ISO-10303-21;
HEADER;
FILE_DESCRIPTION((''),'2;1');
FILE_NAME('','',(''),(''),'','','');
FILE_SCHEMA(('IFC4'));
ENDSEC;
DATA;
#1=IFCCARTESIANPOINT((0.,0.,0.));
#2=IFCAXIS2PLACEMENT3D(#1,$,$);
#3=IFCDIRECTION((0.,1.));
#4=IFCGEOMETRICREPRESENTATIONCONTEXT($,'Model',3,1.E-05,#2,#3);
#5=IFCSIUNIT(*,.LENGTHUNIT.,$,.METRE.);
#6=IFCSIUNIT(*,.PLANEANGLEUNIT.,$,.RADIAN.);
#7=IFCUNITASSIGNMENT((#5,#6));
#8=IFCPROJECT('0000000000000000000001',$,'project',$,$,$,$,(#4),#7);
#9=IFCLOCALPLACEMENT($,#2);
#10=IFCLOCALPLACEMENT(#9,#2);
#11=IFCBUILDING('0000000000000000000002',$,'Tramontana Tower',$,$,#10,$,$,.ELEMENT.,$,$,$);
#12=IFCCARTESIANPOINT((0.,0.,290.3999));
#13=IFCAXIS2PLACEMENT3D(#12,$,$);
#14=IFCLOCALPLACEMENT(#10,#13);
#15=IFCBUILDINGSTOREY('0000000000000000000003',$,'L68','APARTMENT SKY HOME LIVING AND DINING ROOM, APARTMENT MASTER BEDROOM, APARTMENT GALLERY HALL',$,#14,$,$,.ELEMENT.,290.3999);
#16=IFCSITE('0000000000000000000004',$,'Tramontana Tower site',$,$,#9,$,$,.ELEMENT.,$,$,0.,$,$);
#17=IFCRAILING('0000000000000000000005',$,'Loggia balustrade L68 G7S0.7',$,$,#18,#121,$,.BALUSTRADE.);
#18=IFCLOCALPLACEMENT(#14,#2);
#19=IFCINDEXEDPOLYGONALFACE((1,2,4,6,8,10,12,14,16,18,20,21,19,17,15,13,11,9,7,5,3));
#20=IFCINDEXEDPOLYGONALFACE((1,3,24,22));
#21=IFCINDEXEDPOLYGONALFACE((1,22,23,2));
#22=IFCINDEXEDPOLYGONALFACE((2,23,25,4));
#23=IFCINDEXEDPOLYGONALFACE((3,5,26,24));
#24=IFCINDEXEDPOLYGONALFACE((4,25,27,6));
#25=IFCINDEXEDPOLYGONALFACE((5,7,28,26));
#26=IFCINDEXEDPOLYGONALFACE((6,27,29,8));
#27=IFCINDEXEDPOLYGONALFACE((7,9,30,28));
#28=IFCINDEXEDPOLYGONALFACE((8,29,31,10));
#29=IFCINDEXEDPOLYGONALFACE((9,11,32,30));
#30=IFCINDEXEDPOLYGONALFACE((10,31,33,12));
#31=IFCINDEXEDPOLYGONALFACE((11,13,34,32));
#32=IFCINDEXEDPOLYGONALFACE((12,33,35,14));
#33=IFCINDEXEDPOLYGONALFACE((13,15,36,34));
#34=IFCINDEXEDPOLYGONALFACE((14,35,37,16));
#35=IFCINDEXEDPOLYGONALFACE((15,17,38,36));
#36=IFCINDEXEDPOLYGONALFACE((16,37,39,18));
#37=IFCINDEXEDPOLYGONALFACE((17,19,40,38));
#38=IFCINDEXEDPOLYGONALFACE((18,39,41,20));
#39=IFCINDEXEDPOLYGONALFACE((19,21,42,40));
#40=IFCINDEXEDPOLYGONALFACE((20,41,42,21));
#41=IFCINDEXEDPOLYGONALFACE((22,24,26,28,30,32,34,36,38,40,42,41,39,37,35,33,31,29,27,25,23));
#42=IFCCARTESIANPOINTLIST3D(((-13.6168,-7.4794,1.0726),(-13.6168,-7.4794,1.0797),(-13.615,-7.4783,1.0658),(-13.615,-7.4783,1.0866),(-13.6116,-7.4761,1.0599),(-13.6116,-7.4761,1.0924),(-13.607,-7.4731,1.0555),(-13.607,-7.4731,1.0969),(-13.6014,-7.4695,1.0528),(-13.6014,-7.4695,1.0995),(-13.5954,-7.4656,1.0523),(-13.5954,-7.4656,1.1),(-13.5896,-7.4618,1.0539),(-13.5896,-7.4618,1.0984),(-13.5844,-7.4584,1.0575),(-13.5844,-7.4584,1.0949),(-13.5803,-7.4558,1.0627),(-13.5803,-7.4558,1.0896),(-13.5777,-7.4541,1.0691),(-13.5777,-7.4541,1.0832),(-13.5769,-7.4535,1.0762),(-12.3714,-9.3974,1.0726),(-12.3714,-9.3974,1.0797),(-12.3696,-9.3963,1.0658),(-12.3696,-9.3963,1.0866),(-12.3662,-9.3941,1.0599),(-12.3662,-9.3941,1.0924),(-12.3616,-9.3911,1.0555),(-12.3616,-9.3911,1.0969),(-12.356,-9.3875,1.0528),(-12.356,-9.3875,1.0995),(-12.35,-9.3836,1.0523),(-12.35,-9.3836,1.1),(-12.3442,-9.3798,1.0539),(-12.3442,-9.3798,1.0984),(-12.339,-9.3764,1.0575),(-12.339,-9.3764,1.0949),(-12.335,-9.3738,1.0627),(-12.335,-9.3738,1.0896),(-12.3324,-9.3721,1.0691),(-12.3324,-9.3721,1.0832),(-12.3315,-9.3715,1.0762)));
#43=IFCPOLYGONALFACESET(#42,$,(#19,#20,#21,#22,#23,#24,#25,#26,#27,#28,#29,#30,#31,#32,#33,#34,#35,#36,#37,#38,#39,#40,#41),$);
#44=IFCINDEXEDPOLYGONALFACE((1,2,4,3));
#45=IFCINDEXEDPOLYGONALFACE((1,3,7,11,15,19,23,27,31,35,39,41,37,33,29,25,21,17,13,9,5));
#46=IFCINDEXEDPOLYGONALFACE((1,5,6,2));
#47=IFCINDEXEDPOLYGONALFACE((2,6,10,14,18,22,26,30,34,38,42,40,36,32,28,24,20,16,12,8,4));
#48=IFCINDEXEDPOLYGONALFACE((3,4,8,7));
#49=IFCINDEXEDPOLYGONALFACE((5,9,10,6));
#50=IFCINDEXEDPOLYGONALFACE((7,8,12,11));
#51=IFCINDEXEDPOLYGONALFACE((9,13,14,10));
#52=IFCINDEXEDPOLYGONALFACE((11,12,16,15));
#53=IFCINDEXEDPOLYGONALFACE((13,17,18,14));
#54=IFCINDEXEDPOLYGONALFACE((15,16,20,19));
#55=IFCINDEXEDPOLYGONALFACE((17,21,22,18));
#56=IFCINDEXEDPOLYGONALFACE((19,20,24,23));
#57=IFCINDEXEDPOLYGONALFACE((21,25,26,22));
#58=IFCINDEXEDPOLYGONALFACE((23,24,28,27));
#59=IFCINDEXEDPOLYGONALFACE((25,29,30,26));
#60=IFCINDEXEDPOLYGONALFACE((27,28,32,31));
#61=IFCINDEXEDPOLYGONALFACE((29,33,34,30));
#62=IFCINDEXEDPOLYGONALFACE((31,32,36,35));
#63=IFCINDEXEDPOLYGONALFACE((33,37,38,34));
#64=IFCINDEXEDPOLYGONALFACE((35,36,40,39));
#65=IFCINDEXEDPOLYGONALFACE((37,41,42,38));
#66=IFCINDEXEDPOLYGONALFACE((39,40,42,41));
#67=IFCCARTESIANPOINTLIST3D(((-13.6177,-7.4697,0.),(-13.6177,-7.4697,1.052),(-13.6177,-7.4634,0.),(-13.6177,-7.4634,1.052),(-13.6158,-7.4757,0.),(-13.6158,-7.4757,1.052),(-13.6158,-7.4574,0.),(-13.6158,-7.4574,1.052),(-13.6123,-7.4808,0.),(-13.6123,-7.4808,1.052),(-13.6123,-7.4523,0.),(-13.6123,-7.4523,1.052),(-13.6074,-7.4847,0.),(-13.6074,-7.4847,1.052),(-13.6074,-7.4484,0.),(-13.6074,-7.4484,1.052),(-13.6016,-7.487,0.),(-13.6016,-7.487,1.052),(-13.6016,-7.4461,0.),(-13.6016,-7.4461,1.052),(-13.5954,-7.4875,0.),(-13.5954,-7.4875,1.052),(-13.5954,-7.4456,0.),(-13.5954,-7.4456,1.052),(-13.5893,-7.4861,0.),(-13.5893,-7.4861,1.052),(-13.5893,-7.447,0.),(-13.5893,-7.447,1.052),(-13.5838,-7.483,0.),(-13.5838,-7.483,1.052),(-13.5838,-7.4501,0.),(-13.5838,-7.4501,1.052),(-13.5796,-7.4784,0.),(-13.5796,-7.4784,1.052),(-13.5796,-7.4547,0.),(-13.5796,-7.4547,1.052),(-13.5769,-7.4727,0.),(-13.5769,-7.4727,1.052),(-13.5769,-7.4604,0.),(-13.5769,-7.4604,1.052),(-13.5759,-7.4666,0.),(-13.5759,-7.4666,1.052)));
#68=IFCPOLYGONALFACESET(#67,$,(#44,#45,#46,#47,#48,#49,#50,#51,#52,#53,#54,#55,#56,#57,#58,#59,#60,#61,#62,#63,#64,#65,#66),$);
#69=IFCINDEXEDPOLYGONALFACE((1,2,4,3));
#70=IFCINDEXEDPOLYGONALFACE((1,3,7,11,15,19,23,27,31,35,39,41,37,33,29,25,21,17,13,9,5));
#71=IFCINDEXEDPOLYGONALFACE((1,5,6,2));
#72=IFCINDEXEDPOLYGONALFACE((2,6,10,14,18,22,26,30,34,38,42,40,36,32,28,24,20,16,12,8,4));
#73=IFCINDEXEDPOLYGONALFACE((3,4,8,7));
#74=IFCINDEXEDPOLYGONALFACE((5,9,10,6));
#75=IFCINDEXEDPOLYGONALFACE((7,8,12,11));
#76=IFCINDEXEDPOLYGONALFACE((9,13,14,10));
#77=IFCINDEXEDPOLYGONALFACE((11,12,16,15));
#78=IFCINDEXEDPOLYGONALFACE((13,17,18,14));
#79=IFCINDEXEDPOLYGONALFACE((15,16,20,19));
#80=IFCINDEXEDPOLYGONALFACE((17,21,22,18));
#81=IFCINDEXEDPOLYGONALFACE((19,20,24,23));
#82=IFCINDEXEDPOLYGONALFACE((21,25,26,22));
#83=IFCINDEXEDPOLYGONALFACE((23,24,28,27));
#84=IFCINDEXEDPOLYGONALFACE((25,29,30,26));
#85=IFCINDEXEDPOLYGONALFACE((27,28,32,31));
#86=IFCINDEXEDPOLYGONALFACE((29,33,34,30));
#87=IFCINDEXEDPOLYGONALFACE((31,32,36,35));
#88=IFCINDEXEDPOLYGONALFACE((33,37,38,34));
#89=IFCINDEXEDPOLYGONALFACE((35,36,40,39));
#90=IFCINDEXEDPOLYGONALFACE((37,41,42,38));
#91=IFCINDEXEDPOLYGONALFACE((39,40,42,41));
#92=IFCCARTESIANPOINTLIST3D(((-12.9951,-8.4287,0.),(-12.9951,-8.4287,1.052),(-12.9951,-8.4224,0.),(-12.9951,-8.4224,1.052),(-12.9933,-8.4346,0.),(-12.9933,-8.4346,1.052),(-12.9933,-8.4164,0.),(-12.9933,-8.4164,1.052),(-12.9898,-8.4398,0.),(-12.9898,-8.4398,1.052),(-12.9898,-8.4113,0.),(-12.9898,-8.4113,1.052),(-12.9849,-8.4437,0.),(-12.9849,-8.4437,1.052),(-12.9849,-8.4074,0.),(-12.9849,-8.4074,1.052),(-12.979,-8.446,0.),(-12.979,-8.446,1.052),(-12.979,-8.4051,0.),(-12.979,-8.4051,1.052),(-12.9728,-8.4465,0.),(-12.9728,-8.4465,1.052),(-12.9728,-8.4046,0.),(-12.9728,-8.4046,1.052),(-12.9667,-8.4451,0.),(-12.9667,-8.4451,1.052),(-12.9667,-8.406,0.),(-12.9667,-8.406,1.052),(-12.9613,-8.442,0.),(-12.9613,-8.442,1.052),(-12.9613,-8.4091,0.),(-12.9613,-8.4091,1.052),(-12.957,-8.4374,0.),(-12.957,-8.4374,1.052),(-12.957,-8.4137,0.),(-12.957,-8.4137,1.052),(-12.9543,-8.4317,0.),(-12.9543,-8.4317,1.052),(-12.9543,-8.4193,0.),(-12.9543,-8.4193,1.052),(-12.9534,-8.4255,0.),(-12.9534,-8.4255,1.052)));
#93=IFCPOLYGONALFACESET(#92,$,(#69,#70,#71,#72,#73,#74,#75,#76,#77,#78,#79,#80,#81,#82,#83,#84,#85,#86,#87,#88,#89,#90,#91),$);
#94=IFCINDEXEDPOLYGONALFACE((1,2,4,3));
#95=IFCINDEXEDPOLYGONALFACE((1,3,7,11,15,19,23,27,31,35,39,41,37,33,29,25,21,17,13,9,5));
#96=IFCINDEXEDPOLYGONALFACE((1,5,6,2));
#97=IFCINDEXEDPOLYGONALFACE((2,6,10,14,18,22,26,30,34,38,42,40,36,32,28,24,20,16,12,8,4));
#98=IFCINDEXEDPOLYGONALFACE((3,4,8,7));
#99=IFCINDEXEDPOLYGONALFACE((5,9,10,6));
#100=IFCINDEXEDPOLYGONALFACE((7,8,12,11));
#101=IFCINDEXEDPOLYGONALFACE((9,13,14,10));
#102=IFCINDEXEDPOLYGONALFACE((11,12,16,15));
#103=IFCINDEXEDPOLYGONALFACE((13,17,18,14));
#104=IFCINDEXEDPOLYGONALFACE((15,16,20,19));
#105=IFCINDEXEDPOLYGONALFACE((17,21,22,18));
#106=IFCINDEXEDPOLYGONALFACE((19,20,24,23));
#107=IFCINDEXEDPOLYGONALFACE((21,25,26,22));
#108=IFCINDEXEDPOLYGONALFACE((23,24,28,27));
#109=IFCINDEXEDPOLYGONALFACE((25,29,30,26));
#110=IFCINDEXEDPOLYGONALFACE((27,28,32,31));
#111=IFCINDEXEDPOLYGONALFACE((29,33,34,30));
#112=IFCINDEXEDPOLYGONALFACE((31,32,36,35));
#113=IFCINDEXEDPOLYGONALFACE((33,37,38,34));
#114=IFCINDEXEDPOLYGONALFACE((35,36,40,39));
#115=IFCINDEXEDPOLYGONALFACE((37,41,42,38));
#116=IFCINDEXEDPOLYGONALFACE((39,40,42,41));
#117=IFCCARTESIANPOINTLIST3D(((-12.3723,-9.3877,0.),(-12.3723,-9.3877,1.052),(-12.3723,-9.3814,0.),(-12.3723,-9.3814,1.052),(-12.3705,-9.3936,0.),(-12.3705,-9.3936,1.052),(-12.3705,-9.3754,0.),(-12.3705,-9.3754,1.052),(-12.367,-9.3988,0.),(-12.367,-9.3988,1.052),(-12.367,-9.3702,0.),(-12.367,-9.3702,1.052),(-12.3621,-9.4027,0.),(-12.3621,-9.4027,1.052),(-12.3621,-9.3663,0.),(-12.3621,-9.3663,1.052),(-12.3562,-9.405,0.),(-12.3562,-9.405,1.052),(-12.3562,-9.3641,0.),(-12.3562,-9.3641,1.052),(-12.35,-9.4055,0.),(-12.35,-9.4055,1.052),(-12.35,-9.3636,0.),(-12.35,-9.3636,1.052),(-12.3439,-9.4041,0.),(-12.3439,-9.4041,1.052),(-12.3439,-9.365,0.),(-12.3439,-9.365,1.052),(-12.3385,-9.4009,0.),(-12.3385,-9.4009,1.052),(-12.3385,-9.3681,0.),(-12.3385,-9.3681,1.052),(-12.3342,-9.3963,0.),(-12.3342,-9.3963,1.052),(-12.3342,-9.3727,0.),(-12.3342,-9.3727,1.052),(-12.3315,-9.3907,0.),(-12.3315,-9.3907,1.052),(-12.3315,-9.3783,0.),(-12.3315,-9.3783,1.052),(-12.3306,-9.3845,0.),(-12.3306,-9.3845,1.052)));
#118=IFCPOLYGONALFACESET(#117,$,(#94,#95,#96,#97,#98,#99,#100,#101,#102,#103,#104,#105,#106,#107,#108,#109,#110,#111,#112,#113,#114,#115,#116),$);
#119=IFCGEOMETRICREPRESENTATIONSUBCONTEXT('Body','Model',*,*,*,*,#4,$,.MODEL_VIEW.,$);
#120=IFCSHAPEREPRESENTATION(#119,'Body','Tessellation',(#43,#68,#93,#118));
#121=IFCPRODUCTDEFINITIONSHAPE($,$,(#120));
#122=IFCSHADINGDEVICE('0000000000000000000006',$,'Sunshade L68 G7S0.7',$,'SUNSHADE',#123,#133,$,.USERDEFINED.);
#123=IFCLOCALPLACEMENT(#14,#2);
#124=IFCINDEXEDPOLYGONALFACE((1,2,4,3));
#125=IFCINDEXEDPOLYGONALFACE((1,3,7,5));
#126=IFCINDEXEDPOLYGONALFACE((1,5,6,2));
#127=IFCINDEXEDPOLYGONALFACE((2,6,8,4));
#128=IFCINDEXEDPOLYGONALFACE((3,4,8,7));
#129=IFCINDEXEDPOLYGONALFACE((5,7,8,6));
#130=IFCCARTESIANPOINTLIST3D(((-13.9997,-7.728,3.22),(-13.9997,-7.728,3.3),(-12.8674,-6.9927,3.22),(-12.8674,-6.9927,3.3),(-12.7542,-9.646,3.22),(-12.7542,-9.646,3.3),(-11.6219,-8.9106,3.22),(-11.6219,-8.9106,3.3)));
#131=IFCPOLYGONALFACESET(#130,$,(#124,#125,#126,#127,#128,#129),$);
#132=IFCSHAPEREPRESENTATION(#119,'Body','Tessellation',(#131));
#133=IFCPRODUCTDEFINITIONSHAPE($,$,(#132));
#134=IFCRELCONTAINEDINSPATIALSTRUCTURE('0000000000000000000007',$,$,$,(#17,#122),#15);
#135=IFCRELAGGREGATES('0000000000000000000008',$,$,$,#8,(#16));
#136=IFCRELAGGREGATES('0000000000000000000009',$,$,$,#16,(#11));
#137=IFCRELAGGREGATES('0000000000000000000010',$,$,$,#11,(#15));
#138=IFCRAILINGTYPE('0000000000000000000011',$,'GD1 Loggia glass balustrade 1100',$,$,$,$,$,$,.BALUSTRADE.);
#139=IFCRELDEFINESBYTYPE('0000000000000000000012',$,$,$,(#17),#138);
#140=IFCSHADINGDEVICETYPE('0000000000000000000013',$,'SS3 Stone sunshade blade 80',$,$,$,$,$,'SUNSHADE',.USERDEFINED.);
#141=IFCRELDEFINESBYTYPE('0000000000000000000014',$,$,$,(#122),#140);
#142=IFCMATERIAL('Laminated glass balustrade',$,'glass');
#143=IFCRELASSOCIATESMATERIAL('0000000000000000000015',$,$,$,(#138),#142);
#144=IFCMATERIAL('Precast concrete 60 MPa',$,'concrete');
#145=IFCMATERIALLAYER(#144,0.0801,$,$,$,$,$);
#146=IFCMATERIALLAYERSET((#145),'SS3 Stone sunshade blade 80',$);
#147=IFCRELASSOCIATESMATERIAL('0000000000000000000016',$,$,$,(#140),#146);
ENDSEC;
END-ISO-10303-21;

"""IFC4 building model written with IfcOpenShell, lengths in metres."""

from ifc_helpers import new_model, si_unit, direction, frame, origin, origin_2d, place, context, subcontext, project, spatial, rectangle, circle, extrude, material, layer, layer_set, type_object, element, save


model = new_model("IFC4")

# Units and contexts
model_context = context("Model", 3, precision=1e-05, world=origin(), true_north=direction((0.0, 1.0)))
body_context = subcontext(model_context, "Body", "Model", "MODEL_VIEW")
ifc_project = project(units=[si_unit("LENGTHUNIT", "METRE"), si_unit("PLANEANGLEUNIT", "RADIAN")], contexts=[model_context])

# Site, building, storey
site_placement = place(None, origin())
site = spatial("IfcSite", under=ifc_project, at=site_placement, Name="Tramontana Tower site", CompositionType="ELEMENT", RefElevation=0.0)
building_placement = place(site_placement, origin())
building = spatial("IfcBuilding", under=site, at=building_placement, Name="Tramontana Tower", CompositionType="ELEMENT")
storey_placement = place(building_placement, frame((0.0, 0.0, 290.3999)))
storey = spatial("IfcBuildingStorey", under=building, at=storey_placement, Name="L68", Description="APARTMENT SKY HOME LIVING AND DINING ROOM, APARTMENT MASTER BEDROOM, APARTMENT GALLERY HALL", CompositionType="ELEMENT", Elevation=290.3999)

# Railing
ifc_material_1 = material(Name="Laminated glass balustrade", Category="glass")
railing_type = type_object("IfcRailingType", Name="GD1 Loggia glass balustrade 1100", PredefinedType="BALUSTRADE", material=ifc_material_1)
railing_placement = place(storey_placement, frame((-13.5969, -7.4666, 0.0)))
element("IfcRailing", 1, at=railing_placement, inside=storey, type_object=railing_type, Name="Loggia balustrade L68 G7S0.7", PredefinedType="BALUSTRADE", context=body_context, shape_type="SweptSolid", body=[
    extrude(circle(Radius=0.0239, at=origin_2d()), frame((0.0, 0.0, 1.0762), z_axis=(0.544583, -0.838707, 0.0), x_axis=(0.838707, 0.544583, 0.0)), (0.0, 0.0, 1.0), 2.2869),
    extrude(circle(Radius=0.021, at=origin_2d()), origin(), (0.0, 0.0, 1.0), 1.052),
    extrude(circle(Radius=0.021, at=origin_2d()), frame((0.6226, -0.959, 0.0)), (0.0, 0.0, 1.0), 1.052),
    extrude(circle(Radius=0.021, at=origin_2d()), frame((1.2454, -1.918, 0.0)), (0.0, 0.0, 1.0), 1.052),
])

# Shading device
ifc_material_2 = material(Name="Precast concrete 60 MPa", Category="concrete")
ifc_layer_1 = layer(ifc_material_2, 0.0801)
ifc_layer_set_1 = layer_set([ifc_layer_1], Name="SS3 Stone sunshade blade 80")
shading_device_type = type_object("IfcShadingDeviceType", Name="SS3 Stone sunshade blade 80", ElementType="SUNSHADE", PredefinedType="USERDEFINED", material=ifc_layer_set_1)
shading_device_placement = place(storey_placement, frame((-12.8108, -8.3193, 3.22), z_axis=(0.0, 0.0, 1.0), x_axis=(0.544639, -0.838671, 0.0)))
element("IfcShadingDevice", 2, at=shading_device_placement, inside=storey, type_object=shading_device_type, Name="Sunshade L68 G7S0.7", ObjectType="SUNSHADE", PredefinedType="USERDEFINED", context=body_context, shape_type="SweptSolid", body=[
    extrude(rectangle(XDim=2.2869, YDim=1.3501, at=origin_2d()), origin(), (0.0, 0.0, 1.0), 0.0801),
])

save(model, "model.ifc")
